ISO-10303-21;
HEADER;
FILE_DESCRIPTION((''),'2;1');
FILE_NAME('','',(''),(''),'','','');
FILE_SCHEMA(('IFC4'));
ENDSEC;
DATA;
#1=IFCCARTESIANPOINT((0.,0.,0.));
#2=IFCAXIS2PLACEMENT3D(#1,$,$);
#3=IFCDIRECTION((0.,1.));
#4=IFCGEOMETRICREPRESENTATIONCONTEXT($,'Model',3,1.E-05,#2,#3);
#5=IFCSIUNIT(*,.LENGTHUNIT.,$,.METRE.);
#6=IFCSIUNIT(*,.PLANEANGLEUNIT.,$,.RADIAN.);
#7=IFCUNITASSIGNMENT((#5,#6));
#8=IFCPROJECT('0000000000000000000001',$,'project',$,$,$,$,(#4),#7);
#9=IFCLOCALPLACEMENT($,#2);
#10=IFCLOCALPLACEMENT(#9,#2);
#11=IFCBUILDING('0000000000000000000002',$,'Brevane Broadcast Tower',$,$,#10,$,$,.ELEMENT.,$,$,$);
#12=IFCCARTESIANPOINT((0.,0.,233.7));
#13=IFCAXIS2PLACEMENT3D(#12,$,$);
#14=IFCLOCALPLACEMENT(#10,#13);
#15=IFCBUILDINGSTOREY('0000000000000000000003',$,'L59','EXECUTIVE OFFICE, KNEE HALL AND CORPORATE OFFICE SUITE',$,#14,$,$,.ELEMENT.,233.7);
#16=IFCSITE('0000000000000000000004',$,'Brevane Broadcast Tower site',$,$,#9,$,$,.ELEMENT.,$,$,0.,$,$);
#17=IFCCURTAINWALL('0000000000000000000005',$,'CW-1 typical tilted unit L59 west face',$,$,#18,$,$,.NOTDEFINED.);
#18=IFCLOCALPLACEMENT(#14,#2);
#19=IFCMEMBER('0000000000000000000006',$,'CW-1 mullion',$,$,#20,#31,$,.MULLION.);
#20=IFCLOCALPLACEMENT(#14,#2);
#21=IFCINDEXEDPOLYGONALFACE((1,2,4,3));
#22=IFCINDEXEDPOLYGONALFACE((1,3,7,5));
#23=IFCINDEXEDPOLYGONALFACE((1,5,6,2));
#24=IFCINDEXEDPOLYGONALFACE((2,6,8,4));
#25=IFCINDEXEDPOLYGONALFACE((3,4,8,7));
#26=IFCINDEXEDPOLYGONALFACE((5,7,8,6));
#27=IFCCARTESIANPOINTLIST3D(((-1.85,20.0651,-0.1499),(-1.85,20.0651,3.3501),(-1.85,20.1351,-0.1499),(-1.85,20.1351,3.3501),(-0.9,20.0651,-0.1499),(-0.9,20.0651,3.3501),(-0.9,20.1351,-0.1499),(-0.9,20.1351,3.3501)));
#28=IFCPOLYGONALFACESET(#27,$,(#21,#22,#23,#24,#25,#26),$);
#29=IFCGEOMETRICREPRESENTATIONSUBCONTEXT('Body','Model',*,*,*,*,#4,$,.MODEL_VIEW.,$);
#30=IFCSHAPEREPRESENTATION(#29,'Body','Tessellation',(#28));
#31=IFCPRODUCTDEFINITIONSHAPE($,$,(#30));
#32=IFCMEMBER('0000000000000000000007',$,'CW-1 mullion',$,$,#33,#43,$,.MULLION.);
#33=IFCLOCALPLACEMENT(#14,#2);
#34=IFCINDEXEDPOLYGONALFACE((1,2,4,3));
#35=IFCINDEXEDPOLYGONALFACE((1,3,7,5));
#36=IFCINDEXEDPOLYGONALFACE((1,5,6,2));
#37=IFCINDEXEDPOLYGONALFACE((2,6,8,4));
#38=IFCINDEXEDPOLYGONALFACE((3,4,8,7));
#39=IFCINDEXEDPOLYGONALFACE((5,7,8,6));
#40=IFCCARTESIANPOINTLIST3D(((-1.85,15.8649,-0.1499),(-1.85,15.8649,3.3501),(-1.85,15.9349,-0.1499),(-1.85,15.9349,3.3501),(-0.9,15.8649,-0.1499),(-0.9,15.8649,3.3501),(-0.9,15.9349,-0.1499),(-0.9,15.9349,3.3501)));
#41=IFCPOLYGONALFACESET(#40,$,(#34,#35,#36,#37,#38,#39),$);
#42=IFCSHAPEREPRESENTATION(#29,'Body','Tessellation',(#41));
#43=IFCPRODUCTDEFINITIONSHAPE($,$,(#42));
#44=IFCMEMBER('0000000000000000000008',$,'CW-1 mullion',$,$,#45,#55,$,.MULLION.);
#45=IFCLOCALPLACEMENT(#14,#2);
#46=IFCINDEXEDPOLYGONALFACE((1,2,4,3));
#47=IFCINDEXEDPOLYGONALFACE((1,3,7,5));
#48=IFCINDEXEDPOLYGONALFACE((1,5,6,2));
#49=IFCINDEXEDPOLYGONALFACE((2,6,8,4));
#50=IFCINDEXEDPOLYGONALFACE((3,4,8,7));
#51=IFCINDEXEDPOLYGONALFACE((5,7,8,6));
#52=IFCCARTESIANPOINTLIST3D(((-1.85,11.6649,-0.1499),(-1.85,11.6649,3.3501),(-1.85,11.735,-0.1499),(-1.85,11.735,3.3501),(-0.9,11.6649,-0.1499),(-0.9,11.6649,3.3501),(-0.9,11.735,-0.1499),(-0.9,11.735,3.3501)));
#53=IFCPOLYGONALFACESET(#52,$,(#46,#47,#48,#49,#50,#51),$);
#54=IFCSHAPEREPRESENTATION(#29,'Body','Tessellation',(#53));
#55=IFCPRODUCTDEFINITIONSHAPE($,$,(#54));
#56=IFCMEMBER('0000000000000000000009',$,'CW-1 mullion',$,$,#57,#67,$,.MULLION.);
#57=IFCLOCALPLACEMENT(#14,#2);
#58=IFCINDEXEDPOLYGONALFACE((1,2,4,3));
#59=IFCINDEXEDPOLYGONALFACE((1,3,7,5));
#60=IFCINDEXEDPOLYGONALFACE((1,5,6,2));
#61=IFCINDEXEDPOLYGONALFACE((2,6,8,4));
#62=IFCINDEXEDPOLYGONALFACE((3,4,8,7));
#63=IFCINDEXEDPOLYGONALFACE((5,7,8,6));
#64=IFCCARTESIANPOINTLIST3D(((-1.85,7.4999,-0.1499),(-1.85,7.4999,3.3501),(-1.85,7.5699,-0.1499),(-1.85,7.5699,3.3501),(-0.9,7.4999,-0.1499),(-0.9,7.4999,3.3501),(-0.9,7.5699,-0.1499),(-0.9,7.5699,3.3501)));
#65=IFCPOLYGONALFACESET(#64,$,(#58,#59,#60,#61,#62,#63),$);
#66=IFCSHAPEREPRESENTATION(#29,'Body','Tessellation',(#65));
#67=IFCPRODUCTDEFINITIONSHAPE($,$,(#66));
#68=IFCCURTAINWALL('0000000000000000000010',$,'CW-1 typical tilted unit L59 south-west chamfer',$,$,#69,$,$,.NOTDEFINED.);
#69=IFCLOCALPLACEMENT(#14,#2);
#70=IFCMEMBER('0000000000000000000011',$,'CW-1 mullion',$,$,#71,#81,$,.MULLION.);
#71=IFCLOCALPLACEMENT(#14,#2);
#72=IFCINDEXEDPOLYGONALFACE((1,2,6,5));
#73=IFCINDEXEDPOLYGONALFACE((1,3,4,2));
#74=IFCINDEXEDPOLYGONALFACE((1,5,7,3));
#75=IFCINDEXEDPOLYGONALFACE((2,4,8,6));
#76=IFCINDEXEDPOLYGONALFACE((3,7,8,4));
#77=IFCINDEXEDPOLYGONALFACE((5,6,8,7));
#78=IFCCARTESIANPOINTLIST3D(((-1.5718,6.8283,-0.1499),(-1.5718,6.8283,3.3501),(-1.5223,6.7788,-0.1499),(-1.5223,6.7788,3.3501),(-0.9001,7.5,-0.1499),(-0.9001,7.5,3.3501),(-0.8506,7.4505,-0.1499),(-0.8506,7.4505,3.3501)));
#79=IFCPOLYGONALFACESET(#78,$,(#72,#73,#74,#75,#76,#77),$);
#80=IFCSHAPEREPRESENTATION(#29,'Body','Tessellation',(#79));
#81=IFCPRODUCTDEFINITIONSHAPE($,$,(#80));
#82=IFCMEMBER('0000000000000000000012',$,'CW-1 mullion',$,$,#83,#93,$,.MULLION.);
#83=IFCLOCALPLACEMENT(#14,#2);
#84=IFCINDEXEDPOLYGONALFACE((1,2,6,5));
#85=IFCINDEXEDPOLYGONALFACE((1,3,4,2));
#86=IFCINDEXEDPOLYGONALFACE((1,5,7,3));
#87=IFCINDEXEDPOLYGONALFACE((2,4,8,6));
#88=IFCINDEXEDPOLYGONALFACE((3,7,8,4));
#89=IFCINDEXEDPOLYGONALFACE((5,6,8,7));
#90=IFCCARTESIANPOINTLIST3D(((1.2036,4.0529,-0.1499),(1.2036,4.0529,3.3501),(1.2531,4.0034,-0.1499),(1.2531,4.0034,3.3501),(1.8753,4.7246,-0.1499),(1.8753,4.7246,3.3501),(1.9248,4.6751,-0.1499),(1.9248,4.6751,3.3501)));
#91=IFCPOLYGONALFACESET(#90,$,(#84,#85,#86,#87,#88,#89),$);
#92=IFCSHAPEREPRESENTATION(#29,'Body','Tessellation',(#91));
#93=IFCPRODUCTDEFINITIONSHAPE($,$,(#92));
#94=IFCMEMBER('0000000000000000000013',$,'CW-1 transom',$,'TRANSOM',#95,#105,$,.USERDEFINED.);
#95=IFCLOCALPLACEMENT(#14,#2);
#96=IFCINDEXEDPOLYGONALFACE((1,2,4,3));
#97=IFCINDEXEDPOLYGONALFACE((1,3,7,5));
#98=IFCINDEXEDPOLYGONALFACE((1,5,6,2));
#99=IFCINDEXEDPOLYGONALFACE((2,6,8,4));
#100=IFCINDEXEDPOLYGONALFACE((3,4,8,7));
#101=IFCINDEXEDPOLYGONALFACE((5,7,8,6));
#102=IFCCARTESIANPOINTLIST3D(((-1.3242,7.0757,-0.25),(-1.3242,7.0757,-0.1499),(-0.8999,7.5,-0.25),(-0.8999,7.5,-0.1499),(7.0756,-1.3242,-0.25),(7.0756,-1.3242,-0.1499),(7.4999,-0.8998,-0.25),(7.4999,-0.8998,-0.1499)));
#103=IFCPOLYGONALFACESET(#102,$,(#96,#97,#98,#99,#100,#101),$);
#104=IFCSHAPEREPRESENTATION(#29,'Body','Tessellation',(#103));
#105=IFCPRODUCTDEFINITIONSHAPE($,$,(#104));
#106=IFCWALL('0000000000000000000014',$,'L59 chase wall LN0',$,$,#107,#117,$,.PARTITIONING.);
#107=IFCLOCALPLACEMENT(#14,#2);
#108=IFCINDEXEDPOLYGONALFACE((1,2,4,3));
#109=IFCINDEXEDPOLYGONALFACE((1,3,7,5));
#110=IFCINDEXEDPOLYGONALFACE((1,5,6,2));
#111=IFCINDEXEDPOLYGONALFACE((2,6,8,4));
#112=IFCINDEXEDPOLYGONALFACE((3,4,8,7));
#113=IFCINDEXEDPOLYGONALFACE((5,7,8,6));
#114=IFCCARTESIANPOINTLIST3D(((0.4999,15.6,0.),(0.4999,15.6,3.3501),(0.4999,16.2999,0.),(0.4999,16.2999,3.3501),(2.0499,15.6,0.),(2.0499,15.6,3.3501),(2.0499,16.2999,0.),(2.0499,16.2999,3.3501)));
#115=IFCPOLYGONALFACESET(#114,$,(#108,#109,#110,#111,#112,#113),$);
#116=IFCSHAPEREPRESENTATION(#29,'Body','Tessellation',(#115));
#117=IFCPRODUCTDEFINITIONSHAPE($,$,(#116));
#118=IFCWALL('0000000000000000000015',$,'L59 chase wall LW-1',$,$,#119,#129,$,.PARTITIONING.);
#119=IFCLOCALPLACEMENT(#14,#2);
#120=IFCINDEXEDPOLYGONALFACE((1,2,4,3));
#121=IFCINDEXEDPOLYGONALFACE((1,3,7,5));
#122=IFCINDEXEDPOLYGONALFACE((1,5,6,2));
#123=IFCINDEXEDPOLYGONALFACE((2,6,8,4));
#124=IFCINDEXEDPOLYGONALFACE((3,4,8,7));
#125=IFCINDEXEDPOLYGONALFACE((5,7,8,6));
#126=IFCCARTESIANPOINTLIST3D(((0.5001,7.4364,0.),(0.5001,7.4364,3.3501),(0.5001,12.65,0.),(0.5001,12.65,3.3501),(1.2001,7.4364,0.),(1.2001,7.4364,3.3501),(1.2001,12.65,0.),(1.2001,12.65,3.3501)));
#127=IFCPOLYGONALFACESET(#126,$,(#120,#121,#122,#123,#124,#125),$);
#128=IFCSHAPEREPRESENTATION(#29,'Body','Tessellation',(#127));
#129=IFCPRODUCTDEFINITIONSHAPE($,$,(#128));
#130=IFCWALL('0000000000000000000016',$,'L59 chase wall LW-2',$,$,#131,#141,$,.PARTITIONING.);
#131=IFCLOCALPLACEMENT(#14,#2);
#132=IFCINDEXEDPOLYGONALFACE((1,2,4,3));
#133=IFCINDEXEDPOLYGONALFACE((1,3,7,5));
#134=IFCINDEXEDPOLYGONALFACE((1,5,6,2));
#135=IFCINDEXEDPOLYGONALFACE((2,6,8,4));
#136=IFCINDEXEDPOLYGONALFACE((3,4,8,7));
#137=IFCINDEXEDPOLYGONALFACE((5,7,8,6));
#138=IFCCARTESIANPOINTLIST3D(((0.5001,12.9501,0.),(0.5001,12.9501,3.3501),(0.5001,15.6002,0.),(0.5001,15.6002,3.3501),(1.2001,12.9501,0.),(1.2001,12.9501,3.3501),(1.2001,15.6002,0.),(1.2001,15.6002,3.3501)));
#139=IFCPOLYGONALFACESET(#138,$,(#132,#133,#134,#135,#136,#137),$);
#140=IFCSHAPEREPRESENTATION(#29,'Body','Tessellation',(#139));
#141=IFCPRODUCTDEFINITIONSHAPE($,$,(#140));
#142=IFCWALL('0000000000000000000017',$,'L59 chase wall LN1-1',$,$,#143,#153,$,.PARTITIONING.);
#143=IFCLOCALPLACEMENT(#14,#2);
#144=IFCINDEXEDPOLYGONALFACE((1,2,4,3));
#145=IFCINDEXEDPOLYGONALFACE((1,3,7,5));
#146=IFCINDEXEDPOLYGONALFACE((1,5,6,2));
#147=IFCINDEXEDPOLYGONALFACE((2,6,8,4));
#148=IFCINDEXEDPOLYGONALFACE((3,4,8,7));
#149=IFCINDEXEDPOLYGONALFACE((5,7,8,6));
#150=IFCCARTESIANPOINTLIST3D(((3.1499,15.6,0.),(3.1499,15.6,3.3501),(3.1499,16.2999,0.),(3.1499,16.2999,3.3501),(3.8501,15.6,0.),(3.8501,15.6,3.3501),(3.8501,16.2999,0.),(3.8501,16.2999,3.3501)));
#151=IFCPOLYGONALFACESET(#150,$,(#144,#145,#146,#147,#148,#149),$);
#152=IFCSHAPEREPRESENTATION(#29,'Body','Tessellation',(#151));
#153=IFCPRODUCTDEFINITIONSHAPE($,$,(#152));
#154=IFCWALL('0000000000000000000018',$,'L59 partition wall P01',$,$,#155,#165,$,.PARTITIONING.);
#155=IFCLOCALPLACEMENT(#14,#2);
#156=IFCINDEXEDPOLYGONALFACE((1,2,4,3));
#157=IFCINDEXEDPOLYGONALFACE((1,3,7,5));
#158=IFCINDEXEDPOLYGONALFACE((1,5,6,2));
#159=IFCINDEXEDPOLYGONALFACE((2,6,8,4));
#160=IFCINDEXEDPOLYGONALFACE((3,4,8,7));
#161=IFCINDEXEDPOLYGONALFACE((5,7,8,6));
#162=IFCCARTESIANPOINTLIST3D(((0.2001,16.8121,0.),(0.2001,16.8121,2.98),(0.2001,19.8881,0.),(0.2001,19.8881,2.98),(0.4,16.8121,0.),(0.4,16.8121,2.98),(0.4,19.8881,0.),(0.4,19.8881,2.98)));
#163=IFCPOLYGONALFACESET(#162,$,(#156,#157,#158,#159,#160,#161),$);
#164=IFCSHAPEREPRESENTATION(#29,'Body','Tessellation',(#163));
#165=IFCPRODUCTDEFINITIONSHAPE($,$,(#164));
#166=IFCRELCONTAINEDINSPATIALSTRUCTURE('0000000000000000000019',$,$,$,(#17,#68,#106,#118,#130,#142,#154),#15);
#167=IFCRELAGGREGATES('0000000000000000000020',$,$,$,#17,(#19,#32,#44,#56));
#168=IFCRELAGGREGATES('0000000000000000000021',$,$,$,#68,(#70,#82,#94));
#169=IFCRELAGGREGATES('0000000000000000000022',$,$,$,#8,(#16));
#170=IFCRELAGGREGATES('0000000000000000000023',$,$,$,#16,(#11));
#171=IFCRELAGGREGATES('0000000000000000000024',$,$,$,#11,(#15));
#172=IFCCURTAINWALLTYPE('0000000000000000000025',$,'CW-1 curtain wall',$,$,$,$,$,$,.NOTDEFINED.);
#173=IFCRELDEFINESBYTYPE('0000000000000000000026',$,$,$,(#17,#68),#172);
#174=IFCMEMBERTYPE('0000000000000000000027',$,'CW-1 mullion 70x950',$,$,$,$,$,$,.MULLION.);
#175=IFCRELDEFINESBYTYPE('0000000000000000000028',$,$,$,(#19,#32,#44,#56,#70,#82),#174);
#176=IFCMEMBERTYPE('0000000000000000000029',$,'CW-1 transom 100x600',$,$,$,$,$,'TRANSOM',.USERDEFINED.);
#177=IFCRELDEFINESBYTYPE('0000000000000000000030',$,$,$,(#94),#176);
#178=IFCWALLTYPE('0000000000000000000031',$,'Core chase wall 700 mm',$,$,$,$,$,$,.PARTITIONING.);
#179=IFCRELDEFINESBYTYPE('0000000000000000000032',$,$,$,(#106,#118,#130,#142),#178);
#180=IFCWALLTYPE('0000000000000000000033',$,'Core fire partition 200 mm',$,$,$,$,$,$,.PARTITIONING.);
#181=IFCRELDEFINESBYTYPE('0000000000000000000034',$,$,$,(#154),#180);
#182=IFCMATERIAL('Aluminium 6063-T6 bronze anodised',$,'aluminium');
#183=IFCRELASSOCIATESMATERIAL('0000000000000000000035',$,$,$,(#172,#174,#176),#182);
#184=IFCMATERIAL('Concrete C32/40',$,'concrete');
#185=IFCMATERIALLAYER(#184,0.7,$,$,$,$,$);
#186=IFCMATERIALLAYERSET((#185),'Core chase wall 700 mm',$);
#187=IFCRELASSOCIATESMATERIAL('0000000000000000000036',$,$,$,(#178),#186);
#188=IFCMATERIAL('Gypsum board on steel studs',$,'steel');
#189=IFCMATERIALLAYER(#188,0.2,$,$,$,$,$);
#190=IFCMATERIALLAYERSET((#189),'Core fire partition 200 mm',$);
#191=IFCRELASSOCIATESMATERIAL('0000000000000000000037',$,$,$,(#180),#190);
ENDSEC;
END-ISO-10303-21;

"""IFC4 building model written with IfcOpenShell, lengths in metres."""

from ifc_helpers import new_model, si_unit, direction, frame, frame_2d, origin, origin_2d, place, context, subcontext, project, spatial, rectangle, extrude, material, layer, layer_set, material_profile, profile_set, type_object, element, aggregate, save


model = new_model("IFC4")

# Units and contexts
model_context = context("Model", 3, precision=1e-05, world=origin(), true_north=direction((0.0, 1.0)))
body_context = subcontext(model_context, "Body", "Model", "MODEL_VIEW")
ifc_project = project(units=[si_unit("LENGTHUNIT", "METRE"), si_unit("PLANEANGLEUNIT", "RADIAN")], contexts=[model_context])

# Site, building, storey
site_placement = place(None, origin())
site = spatial("IfcSite", under=ifc_project, at=site_placement, Name="Brevane Broadcast Tower site", CompositionType="ELEMENT", RefElevation=0.0)
building_placement = place(site_placement, origin())
building = spatial("IfcBuilding", under=site, at=building_placement, Name="Brevane Broadcast Tower", CompositionType="ELEMENT")
storey_placement = place(building_placement, frame((0.0, 0.0, 233.7)))
storey = spatial("IfcBuildingStorey", under=building, at=storey_placement, Name="L59", Description="EXECUTIVE OFFICE, KNEE HALL AND CORPORATE OFFICE SUITE", CompositionType="ELEMENT", Elevation=233.7)

# Curtain walls, members
ifc_material_1 = material(Name="Aluminium 6063-T6 bronze anodised", Category="aluminium")
curtain_wall_type = type_object("IfcCurtainWallType", Name="CW-1 curtain wall", PredefinedType="NOTDEFINED", material=ifc_material_1)
curtain_wall_1_placement = place(storey_placement, origin())
curtain_wall_1 = element("IfcCurtainWall", 1, at=curtain_wall_1_placement, inside=storey, type_object=curtain_wall_type, Name="CW-1 typical tilted unit L59 west face", PredefinedType="NOTDEFINED")
ifc_material_profile_1 = material_profile(ifc_material_1, rectangle(XDim=0.95, YDim=0.0701, at=origin_2d()), Name="RECT 70x950")
ifc_profile_set_1 = profile_set([ifc_material_profile_1], Name="Aluminium 6063-T6 bronze anodised")
member_type_1 = type_object("IfcMemberType", Name="CW-1 mullion 70x950", PredefinedType="MULLION", material=ifc_profile_set_1)
member_1_placement = place(storey_placement, frame((-1.375, 20.1001, -0.1499), z_axis=(0.0, 0.0, 1.0), x_axis=(1.0, 0.0, 0.0)))
member_1 = element("IfcMember", 2, at=member_1_placement, type_object=member_type_1, Name="CW-1 mullion", PredefinedType="MULLION", context=body_context, shape_type="SweptSolid", body=[
    extrude(rectangle(XDim=0.95, YDim=0.0701, at=origin_2d()), origin(), (0.0, 0.0, 1.0), 3.5),
])
member_2_placement = place(storey_placement, frame((-1.375, 15.8999, -0.1499), z_axis=(0.0, 0.0, 1.0), x_axis=(1.0, 0.0, 0.0)))
member_2 = element("IfcMember", 3, at=member_2_placement, type_object=member_type_1, Name="CW-1 mullion", PredefinedType="MULLION", context=body_context, shape_type="SweptSolid", body=[
    extrude(rectangle(XDim=0.95, YDim=0.0701, at=origin_2d()), origin(), (0.0, 0.0, 1.0), 3.5),
])
member_3_placement = place(storey_placement, frame((-1.375, 11.7, -0.1499), z_axis=(0.0, 0.0, 1.0), x_axis=(1.0, 0.0, 0.0)))
member_3 = element("IfcMember", 4, at=member_3_placement, type_object=member_type_1, Name="CW-1 mullion", PredefinedType="MULLION", context=body_context, shape_type="SweptSolid", body=[
    extrude(rectangle(XDim=0.95, YDim=0.0701, at=origin_2d()), origin(), (0.0, 0.0, 1.0), 3.5),
])
member_4_placement = place(storey_placement, frame((-1.375, 7.5349, -0.1499), z_axis=(0.0, 0.0, 1.0), x_axis=(1.0, 0.0, 0.0)))
member_4 = element("IfcMember", 5, at=member_4_placement, type_object=member_type_1, Name="CW-1 mullion", PredefinedType="MULLION", context=body_context, shape_type="SweptSolid", body=[
    extrude(rectangle(XDim=0.95, YDim=0.0701, at=origin_2d()), origin(), (0.0, 0.0, 1.0), 3.5),
])
aggregate(curtain_wall_1, [member_1, member_2, member_3, member_4])
curtain_wall_2_placement = place(storey_placement, origin())
curtain_wall_2 = element("IfcCurtainWall", 6, at=curtain_wall_2_placement, inside=storey, type_object=curtain_wall_type, Name="CW-1 typical tilted unit L59 south-west chamfer", PredefinedType="NOTDEFINED")
member_5_placement = place(storey_placement, frame((-1.2112, 7.1394, -0.1499), z_axis=(0.0, 0.0, 1.0), x_axis=(0.707107, 0.707107, 0.0)))
member_5 = element("IfcMember", 7, at=member_5_placement, type_object=member_type_1, Name="CW-1 mullion", PredefinedType="MULLION", context=body_context, shape_type="SweptSolid", body=[
    extrude(rectangle(XDim=0.95, YDim=0.0701, at=origin_2d()), origin(), (0.0, 0.0, 1.0), 3.5),
])
member_6_placement = place(storey_placement, frame((1.5642, 4.364, -0.1499), z_axis=(0.0, 0.0, 1.0), x_axis=(0.707107, 0.707107, 0.0)))
member_6 = element("IfcMember", 8, at=member_6_placement, type_object=member_type_1, Name="CW-1 mullion", PredefinedType="MULLION", context=body_context, shape_type="SweptSolid", body=[
    extrude(rectangle(XDim=0.95, YDim=0.0701, at=origin_2d()), origin(), (0.0, 0.0, 1.0), 3.5),
])
ifc_material_profile_2 = material_profile(ifc_material_1, rectangle(XDim=0.6001, YDim=0.1001, at=origin_2d()), Name="RECT 100x600")
ifc_profile_set_2 = profile_set([ifc_material_profile_2], Name="Aluminium 6063-T6 bronze anodised")
member_type_2 = type_object("IfcMemberType", Name="CW-1 transom 100x600", ElementType="TRANSOM", PredefinedType="USERDEFINED", material=ifc_profile_set_2)
member_7_placement = place(storey_placement, frame((-1.1121, 7.2878, -0.2), z_axis=(0.707107, -0.707107, 0.0), x_axis=(0.707107, 0.707107, 0.0)))
member_7 = element("IfcMember", 9, at=member_7_placement, type_object=member_type_2, Name="CW-1 transom", ObjectType="TRANSOM", PredefinedType="USERDEFINED", context=body_context, shape_type="SweptSolid", body=[
    extrude(rectangle(XDim=0.6001, YDim=0.1001, at=origin_2d()), origin(), (0.0, 0.0, 1.0), 11.8792),
])
aggregate(curtain_wall_2, [member_5, member_6, member_7])

# Walls
ifc_material_2 = material(Name="Concrete C32/40", Category="concrete")
ifc_layer_1 = layer(ifc_material_2, 0.7)
ifc_layer_set_1 = layer_set([ifc_layer_1], Name="Core chase wall 700 mm")
wall_type_1 = type_object("IfcWallType", Name="Core chase wall 700 mm", PredefinedType="PARTITIONING", material=ifc_layer_set_1)
wall_1_placement = place(storey_placement, frame((0.5, 15.95, 0.0), z_axis=(0.0, 0.0, 1.0), x_axis=(1.0, 0.0, 0.0)))
element("IfcWall", 10, at=wall_1_placement, inside=storey, type_object=wall_type_1, Name="L59 chase wall LN0", PredefinedType="PARTITIONING", context=body_context, shape_type="SweptSolid", body=[
    extrude(rectangle(XDim=1.55, YDim=0.7, at=frame_2d((0.7749, 0.0))), origin(), (0.0, 0.0, 1.0), 3.3501),
])
wall_2_placement = place(storey_placement, frame((0.8501, 7.4363, 0.0), z_axis=(0.0, 0.0, 1.0), x_axis=(0.0, 1.0, 0.0)))
element("IfcWall", 11, at=wall_2_placement, inside=storey, type_object=wall_type_1, Name="L59 chase wall LW-1", PredefinedType="PARTITIONING", context=body_context, shape_type="SweptSolid", body=[
    extrude(rectangle(XDim=5.2136, YDim=0.7, at=frame_2d((2.6069, 0.0))), origin(), (0.0, 0.0, 1.0), 3.3501),
])
wall_3_placement = place(storey_placement, frame((0.8501, 12.95, 0.0), z_axis=(0.0, 0.0, 1.0), x_axis=(0.0, 1.0, 0.0)))
element("IfcWall", 12, at=wall_3_placement, inside=storey, type_object=wall_type_1, Name="L59 chase wall LW-2", PredefinedType="PARTITIONING", context=body_context, shape_type="SweptSolid", body=[
    extrude(rectangle(XDim=2.6501, YDim=0.7, at=frame_2d((1.3252, 0.0))), origin(), (0.0, 0.0, 1.0), 3.3501),
])
wall_4_placement = place(storey_placement, frame((3.1499, 15.95, 0.0), z_axis=(0.0, 0.0, 1.0), x_axis=(1.0, 0.0, 0.0)))
element("IfcWall", 13, at=wall_4_placement, inside=storey, type_object=wall_type_1, Name="L59 chase wall LN1-1", PredefinedType="PARTITIONING", context=body_context, shape_type="SweptSolid", body=[
    extrude(rectangle(XDim=0.7002, YDim=0.7, at=frame_2d((0.3501, 0.0))), origin(), (0.0, 0.0, 1.0), 3.3501),
])
ifc_material_3 = material(Name="Gypsum board on steel studs", Category="steel")
ifc_layer_2 = layer(ifc_material_3, 0.2)
ifc_layer_set_2 = layer_set([ifc_layer_2], Name="Core fire partition 200 mm")
wall_type_2 = type_object("IfcWallType", Name="Core fire partition 200 mm", PredefinedType="PARTITIONING", material=ifc_layer_set_2)
wall_5_placement = place(storey_placement, frame((0.3, 16.812, 0.0), z_axis=(0.0, 0.0, 1.0), x_axis=(0.0, 1.0, 0.0)))
element("IfcWall", 14, at=wall_5_placement, inside=storey, type_object=wall_type_2, Name="L59 partition wall P01", PredefinedType="PARTITIONING", context=body_context, shape_type="SweptSolid", body=[
    extrude(rectangle(XDim=3.0759, YDim=0.2, at=frame_2d((1.5381, 0.0))), origin(), (0.0, 0.0, 1.0), 2.98),
])

save(model, "model.ifc")
